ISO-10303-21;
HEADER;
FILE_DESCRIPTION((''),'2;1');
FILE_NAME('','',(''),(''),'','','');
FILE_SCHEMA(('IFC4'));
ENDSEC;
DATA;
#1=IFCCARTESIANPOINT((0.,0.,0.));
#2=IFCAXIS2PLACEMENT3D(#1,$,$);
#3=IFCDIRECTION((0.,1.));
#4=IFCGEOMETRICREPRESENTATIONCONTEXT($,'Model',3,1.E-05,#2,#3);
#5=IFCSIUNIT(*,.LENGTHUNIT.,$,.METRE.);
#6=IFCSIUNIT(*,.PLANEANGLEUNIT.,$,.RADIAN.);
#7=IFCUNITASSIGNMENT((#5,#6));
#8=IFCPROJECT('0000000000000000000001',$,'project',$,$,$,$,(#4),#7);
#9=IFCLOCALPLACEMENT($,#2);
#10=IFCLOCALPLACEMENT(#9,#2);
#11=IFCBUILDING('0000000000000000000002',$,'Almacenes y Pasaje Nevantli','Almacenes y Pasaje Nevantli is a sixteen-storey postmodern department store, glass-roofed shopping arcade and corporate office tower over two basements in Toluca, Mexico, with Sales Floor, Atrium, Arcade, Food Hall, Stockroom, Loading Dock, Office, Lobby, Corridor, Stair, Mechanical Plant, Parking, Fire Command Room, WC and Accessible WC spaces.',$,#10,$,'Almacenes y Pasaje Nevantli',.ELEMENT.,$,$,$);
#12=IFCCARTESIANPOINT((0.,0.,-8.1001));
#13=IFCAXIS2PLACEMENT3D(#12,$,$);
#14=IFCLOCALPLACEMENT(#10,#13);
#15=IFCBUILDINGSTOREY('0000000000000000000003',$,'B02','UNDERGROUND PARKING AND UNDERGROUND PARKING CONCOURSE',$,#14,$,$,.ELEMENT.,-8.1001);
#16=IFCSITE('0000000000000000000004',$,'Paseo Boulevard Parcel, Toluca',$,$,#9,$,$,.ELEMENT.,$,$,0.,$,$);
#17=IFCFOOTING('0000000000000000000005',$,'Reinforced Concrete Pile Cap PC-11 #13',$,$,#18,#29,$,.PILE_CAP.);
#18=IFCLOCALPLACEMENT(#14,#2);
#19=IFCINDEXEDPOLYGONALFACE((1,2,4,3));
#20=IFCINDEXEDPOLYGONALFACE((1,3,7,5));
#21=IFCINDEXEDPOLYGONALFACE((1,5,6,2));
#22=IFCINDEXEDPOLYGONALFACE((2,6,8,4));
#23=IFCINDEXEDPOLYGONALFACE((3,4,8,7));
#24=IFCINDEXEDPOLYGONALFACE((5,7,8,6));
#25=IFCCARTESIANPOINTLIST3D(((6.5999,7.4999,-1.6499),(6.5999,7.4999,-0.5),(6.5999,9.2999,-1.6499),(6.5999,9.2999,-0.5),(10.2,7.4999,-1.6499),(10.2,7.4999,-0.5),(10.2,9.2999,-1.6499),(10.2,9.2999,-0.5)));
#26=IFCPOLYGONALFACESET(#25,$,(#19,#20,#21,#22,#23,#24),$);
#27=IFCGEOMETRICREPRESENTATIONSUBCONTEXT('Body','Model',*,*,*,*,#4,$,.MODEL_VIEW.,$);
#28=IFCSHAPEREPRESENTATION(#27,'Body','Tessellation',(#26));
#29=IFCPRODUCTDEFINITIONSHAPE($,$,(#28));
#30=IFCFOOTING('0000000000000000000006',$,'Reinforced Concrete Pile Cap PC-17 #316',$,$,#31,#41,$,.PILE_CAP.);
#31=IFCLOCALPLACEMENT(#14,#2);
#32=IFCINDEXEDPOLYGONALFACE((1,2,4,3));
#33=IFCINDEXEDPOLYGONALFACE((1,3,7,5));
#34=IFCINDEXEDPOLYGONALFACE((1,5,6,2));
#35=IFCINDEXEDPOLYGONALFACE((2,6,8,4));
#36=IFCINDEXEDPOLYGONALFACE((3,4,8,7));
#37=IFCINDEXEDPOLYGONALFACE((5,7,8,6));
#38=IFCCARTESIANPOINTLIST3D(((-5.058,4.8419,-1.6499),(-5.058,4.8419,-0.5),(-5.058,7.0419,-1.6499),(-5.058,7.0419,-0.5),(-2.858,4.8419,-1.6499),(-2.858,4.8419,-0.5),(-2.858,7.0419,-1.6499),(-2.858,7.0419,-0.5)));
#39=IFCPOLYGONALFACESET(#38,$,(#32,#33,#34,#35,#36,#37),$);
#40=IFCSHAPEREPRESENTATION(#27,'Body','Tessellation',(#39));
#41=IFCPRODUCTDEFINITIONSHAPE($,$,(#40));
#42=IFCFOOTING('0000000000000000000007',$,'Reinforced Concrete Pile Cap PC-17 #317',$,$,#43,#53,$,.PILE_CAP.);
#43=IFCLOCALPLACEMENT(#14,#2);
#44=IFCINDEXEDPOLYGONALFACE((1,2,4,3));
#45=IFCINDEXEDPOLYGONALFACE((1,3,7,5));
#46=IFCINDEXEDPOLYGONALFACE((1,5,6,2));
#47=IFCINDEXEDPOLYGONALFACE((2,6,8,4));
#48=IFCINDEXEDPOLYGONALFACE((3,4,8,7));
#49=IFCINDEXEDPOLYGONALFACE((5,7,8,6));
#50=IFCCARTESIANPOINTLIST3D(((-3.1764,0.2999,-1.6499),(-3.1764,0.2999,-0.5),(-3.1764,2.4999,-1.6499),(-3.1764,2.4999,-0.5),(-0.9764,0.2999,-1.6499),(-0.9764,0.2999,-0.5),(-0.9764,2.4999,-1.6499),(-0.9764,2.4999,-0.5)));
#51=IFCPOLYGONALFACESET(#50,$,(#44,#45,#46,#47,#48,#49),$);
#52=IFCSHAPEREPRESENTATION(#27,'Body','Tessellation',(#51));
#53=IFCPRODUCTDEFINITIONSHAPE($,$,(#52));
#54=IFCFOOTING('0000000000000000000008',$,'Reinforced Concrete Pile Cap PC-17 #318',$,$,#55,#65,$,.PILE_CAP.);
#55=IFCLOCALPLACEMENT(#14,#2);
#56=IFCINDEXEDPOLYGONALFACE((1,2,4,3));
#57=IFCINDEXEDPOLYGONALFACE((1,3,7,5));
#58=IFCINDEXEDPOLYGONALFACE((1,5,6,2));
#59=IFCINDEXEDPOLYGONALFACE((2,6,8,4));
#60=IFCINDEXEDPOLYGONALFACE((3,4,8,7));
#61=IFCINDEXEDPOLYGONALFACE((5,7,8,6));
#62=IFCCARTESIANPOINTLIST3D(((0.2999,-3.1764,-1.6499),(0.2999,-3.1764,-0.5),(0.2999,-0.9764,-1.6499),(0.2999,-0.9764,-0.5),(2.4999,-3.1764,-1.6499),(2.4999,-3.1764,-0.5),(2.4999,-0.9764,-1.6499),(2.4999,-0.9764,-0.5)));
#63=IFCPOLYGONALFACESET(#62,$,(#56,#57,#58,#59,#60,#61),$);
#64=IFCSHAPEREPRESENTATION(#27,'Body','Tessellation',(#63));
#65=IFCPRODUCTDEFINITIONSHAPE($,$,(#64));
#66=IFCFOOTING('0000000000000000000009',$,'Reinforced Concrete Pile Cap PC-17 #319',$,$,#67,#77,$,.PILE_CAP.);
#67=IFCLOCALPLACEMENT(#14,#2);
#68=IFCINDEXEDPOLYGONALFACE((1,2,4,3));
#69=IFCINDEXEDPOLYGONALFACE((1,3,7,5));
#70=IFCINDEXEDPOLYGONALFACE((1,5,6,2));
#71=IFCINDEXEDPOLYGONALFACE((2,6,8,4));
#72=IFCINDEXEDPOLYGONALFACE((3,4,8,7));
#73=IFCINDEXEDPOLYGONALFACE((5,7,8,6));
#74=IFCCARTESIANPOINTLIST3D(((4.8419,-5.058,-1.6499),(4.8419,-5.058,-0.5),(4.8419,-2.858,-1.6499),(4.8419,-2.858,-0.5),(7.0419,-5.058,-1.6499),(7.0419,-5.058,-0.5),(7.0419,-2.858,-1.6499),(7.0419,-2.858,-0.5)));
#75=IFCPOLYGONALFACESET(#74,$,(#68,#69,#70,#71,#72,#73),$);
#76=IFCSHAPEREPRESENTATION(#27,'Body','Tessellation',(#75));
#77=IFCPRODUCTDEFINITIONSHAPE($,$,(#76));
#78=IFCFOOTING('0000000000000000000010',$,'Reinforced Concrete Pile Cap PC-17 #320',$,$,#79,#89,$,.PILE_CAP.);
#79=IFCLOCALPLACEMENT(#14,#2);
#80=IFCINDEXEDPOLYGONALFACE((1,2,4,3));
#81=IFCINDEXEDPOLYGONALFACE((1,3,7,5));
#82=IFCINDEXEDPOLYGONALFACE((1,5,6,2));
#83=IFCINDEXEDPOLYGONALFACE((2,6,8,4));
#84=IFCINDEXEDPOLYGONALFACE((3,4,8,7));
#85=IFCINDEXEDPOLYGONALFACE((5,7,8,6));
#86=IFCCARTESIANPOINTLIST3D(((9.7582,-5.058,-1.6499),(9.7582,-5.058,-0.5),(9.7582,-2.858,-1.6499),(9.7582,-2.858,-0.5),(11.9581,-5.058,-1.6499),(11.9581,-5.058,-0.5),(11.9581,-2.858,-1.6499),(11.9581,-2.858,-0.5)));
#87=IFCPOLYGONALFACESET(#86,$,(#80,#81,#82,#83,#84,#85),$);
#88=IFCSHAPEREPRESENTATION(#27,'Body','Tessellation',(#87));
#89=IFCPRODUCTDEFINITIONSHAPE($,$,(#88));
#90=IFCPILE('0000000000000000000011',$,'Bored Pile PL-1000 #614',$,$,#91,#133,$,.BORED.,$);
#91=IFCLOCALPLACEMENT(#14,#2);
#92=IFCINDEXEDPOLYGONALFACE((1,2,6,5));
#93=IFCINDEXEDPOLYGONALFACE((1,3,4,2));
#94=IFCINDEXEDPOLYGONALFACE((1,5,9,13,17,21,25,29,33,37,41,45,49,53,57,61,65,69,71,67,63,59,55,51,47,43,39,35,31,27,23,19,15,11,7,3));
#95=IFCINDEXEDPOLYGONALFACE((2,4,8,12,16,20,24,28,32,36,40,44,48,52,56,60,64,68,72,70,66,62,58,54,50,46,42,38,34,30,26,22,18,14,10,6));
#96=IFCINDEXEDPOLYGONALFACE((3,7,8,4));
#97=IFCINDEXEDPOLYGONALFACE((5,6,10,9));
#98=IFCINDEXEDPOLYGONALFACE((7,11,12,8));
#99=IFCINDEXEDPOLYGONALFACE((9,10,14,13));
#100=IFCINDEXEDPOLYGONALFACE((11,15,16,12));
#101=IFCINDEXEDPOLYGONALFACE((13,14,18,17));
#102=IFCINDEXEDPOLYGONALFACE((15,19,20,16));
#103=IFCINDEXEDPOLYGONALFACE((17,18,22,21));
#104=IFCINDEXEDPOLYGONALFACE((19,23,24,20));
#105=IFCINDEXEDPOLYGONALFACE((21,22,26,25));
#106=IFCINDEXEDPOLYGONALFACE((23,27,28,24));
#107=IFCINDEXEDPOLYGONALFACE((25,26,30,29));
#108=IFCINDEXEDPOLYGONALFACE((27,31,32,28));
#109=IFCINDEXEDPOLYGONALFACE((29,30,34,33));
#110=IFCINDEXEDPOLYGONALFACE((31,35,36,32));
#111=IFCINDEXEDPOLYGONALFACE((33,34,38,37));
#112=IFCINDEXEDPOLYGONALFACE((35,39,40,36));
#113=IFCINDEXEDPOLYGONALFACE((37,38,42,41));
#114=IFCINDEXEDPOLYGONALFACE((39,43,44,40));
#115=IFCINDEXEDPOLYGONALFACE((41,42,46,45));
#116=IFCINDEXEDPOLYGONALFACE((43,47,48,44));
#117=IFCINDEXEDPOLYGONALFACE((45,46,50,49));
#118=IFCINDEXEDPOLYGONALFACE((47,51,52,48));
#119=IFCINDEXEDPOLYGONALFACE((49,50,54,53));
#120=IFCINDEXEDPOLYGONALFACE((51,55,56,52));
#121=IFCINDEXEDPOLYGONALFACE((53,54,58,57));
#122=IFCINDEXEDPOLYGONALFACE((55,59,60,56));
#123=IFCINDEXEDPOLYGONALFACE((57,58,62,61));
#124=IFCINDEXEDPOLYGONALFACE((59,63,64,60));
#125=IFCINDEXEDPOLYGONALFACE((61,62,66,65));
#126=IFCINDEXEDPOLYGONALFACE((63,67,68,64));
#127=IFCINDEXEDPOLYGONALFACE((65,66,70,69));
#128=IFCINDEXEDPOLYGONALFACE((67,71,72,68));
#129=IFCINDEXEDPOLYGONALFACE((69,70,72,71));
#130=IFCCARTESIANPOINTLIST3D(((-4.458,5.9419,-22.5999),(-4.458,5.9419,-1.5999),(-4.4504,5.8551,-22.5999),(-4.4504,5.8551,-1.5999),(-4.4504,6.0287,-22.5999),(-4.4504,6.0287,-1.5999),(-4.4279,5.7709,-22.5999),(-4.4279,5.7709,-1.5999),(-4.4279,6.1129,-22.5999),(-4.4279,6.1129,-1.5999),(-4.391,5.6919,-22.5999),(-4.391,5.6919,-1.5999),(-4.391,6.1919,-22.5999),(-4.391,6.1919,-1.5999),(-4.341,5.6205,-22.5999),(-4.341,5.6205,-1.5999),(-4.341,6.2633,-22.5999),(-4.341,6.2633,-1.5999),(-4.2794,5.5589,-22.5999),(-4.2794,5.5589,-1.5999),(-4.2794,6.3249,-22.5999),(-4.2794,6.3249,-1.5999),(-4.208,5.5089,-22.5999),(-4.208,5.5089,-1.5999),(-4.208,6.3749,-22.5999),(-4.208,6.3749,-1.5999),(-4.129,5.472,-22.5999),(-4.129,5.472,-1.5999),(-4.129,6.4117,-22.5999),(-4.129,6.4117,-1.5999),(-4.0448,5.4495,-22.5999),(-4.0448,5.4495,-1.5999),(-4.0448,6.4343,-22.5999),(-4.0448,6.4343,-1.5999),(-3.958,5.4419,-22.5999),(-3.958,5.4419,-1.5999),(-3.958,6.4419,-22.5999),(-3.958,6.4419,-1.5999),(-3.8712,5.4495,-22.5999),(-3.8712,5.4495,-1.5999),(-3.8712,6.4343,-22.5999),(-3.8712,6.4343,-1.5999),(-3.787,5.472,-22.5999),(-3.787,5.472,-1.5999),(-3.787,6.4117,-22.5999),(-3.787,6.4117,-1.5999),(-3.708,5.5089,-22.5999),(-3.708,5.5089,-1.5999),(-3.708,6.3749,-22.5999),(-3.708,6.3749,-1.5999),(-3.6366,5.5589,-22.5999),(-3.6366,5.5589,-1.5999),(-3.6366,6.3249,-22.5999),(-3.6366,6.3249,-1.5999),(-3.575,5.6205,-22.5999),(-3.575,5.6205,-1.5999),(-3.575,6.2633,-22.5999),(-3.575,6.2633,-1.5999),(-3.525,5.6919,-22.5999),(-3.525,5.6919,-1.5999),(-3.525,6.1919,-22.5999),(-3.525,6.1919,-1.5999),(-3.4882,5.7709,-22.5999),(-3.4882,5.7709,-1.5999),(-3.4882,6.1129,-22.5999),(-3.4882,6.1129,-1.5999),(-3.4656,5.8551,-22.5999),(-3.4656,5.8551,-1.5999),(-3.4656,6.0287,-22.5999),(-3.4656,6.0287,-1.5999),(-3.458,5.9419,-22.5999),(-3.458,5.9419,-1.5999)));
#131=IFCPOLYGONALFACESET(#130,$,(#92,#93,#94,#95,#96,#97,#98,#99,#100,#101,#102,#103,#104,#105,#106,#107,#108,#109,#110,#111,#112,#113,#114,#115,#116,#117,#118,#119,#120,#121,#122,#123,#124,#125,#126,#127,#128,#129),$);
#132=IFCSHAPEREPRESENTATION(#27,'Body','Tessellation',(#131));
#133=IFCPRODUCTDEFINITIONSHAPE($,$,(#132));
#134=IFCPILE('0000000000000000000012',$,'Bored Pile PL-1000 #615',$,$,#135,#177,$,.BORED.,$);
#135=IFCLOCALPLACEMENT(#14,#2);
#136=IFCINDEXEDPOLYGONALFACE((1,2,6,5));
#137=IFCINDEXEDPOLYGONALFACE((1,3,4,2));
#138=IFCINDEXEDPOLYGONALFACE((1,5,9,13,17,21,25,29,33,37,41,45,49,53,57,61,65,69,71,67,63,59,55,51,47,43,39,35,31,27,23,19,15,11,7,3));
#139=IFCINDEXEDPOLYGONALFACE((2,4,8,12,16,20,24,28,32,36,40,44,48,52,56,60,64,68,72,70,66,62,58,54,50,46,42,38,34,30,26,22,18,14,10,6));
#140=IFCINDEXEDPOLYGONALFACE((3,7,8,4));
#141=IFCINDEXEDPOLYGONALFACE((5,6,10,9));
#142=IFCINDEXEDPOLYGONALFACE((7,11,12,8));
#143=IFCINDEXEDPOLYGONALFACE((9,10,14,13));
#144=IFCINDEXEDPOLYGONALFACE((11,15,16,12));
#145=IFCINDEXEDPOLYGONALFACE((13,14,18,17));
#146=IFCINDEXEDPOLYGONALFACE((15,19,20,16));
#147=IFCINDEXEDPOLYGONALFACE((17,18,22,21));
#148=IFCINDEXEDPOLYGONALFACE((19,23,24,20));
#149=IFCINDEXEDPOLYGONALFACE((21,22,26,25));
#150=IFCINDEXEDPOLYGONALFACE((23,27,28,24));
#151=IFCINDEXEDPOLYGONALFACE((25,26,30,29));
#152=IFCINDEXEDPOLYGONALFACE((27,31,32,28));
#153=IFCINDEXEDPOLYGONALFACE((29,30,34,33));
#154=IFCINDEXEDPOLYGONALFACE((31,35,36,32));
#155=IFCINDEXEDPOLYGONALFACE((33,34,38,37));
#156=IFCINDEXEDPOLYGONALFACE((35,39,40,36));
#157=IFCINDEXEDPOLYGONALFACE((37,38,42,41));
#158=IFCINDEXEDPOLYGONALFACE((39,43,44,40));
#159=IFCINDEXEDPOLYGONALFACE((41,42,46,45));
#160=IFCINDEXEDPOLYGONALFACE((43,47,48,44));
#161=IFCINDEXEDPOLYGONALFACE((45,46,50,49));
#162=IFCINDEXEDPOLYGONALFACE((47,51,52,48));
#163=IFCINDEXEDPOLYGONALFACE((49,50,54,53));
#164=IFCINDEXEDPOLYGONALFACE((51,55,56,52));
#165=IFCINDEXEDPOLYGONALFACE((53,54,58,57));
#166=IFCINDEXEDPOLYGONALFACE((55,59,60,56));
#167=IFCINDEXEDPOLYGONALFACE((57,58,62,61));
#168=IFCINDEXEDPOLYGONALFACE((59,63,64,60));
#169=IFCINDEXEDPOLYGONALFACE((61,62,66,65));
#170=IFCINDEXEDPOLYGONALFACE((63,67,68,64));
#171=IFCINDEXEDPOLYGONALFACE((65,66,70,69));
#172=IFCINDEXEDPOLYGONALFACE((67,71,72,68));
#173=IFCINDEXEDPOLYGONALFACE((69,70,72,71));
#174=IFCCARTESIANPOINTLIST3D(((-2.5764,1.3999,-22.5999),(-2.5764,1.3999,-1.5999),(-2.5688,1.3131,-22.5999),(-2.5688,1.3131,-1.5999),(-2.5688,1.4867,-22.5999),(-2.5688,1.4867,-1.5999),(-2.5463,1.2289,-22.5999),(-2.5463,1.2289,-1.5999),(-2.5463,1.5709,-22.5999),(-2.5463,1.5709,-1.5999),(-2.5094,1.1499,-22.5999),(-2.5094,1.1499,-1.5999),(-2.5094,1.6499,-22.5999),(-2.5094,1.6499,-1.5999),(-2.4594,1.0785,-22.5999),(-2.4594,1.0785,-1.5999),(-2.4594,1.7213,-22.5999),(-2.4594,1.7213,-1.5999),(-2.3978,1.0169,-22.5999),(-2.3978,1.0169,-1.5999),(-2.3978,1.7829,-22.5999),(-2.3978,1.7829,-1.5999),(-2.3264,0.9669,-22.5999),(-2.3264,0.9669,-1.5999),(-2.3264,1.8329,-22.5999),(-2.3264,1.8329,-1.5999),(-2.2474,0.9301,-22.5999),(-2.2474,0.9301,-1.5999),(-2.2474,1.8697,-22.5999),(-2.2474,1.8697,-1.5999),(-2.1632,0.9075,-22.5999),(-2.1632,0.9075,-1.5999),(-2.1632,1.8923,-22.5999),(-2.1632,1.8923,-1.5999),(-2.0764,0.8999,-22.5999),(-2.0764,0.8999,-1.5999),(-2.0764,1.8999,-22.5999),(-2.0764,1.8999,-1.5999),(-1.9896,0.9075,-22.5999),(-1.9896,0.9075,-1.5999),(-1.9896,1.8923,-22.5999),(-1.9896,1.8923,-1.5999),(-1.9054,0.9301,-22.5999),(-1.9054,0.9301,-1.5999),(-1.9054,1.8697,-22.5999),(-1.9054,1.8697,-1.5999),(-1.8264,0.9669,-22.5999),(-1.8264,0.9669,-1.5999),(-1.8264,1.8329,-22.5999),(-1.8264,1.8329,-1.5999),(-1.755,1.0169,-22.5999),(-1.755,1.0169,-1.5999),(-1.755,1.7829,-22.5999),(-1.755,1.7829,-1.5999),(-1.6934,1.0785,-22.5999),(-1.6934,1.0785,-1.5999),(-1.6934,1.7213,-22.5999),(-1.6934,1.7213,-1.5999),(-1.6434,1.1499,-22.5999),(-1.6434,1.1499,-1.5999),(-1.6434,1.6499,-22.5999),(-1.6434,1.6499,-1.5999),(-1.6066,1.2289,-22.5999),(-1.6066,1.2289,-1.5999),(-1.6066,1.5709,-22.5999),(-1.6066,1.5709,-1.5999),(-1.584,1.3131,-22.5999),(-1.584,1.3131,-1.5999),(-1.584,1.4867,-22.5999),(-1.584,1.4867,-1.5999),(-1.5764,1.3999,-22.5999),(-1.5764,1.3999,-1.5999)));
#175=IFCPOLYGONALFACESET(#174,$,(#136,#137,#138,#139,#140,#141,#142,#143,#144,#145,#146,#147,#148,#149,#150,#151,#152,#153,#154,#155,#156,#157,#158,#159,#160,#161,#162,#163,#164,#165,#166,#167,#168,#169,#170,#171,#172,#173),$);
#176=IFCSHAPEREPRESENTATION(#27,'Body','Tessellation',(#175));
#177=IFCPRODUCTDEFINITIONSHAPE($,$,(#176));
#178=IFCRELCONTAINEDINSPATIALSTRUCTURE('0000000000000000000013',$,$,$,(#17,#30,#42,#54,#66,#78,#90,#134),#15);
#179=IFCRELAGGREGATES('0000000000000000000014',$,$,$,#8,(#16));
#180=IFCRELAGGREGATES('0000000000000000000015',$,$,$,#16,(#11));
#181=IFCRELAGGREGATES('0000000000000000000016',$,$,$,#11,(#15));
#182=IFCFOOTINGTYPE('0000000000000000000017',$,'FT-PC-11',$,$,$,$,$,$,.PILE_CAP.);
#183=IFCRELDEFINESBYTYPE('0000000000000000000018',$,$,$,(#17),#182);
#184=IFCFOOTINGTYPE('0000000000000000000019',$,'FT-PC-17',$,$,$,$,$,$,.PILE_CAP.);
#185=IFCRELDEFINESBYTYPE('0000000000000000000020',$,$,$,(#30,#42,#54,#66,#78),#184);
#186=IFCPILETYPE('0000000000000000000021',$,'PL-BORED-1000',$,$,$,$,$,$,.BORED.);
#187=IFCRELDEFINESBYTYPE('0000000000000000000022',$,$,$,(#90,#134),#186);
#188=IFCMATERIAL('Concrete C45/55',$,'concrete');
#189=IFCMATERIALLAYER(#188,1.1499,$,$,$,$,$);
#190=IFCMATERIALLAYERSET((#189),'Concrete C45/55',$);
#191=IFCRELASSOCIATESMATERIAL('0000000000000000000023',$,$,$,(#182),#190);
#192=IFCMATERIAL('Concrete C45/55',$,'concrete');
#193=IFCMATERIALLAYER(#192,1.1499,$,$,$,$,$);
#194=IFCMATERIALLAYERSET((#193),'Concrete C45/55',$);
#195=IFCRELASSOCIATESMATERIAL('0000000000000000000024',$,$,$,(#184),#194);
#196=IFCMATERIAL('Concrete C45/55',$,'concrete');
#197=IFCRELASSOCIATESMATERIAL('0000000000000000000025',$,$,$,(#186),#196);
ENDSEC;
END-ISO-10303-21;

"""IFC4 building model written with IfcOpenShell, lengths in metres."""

from ifc_helpers import new_model, si_unit, direction, frame, origin, origin_2d, place, context, subcontext, project, spatial, rectangle, circle, extrude, material, layer, layer_set, material_profile, profile_set, type_object, element, save


model = new_model("IFC4")

# Units and contexts
model_context = context("Model", 3, precision=1e-05, world=origin(), true_north=direction((0.0, 1.0)))
body_context = subcontext(model_context, "Body", "Model", "MODEL_VIEW")
ifc_project = project(units=[si_unit("LENGTHUNIT", "METRE"), si_unit("PLANEANGLEUNIT", "RADIAN")], contexts=[model_context])

# Site, building, storey
site_placement = place(None, origin())
site = spatial("IfcSite", under=ifc_project, at=site_placement, Name="Paseo Boulevard Parcel, Toluca", CompositionType="ELEMENT", RefElevation=0.0)
building_placement = place(site_placement, origin())
building = spatial("IfcBuilding", under=site, at=building_placement, Name="Almacenes y Pasaje Nevantli", Description="Almacenes y Pasaje Nevantli is a sixteen-storey postmodern department store, glass-roofed shopping arcade and corporate office tower over two basements in Toluca, Mexico, with Sales Floor, Atrium, Arcade, Food Hall, Stockroom, Loading Dock, Office, Lobby, Corridor, Stair, Mechanical Plant, Parking, Fire Command Room, WC and Accessible WC spaces.", LongName="Almacenes y Pasaje Nevantli", CompositionType="ELEMENT")
storey_placement = place(building_placement, frame((0.0, 0.0, -8.1001)))
storey = spatial("IfcBuildingStorey", under=building, at=storey_placement, Name="B02", Description="UNDERGROUND PARKING AND UNDERGROUND PARKING CONCOURSE", CompositionType="ELEMENT", Elevation=-8.1001)

# Footings
ifc_material_1 = material(Name="Concrete C45/55", Category="concrete")
ifc_layer_1 = layer(ifc_material_1, 1.1499)
ifc_layer_set_1 = layer_set([ifc_layer_1], Name="Concrete C45/55")
footing_type_1 = type_object("IfcFootingType", Name="FT-PC-11", PredefinedType="PILE_CAP", material=ifc_layer_set_1)
footing_placement = place(storey_placement, frame((8.3999, 8.3999, -1.6499), z_axis=(0.0, 0.0, 1.0), x_axis=(1.0, 0.0, 0.0)))
element("IfcFooting", 1, at=footing_placement, inside=storey, type_object=footing_type_1, Name="Reinforced Concrete Pile Cap PC-11 #13", PredefinedType="PILE_CAP", context=body_context, shape_type="SweptSolid", body=[
    extrude(rectangle(XDim=3.6001, YDim=1.8, at=origin_2d()), origin(), (0.0, 0.0, 1.0), 1.1499),
])
ifc_material_2 = material(Name="Concrete C45/55", Category="concrete")
ifc_layer_2 = layer(ifc_material_2, 1.1499)
ifc_layer_set_2 = layer_set([ifc_layer_2], Name="Concrete C45/55")
footing_type_2 = type_object("IfcFootingType", Name="FT-PC-17", PredefinedType="PILE_CAP", material=ifc_layer_set_2)
for number, where, z_axis, x_axis, name in (
    (2, (-3.958, 5.9419, -1.6499), (0.0, 0.0, 1.0), (1.0, 0.0, 0.0), "Reinforced Concrete Pile Cap PC-17 #316"),
    (3, (-2.0764, 1.3999, -1.6499), (0.0, 0.0, 1.0), (1.0, 0.0, 0.0), "Reinforced Concrete Pile Cap PC-17 #317"),
    (4, (1.3999, -2.0764, -1.6499), (0.0, 0.0, 1.0), (1.0, 0.0, 0.0), "Reinforced Concrete Pile Cap PC-17 #318"),
    (5, (5.9419, -3.958, -1.6499), (0.0, 0.0, 1.0), (1.0, 0.0, 0.0), "Reinforced Concrete Pile Cap PC-17 #319"),
    (6, (10.8582, -3.958, -1.6499), (0.0, 0.0, 1.0), (1.0, 0.0, 0.0), "Reinforced Concrete Pile Cap PC-17 #320"),
):
    element("IfcFooting", number, at=place(storey_placement, frame(where, z_axis=z_axis, x_axis=x_axis)), inside=storey, type_object=footing_type_2, Name=name, PredefinedType="PILE_CAP", context=body_context, shape_type="SweptSolid", body=[
        extrude(rectangle(XDim=2.2, YDim=2.2, at=origin_2d()), origin(), (0.0, 0.0, 1.0), 1.1499),
    ])

# Piles
ifc_material_3 = material(Name="Concrete C45/55", Category="concrete")
ifc_material_profile_1 = material_profile(ifc_material_3, circle(Radius=0.5, at=origin_2d()), Name="RC-PILE-D1000")
ifc_profile_set_1 = profile_set([ifc_material_profile_1], Name="Concrete C45/55")
pile_type_1 = type_object("IfcPileType", Name="PL-BORED-1000", PredefinedType="BORED", material=ifc_profile_set_1)
for number, where, z_axis, x_axis, name in (
    (7, (-3.958, 5.9419, -1.5999), (0.0, 0.0, -1.0), (1.0, 0.0, 0.0), "Bored Pile PL-1000 #614"),
    (8, (-2.0764, 1.3999, -1.5999), (0.0, 0.0, -1.0), (1.0, 0.0, 0.0), "Bored Pile PL-1000 #615"),
):
    element("IfcPile", number, at=place(storey_placement, frame(where, z_axis=z_axis, x_axis=x_axis)), inside=storey, type_object=pile_type_1, Name=name, PredefinedType="BORED", context=body_context, shape_type="SweptSolid", body=[
        extrude(circle(Radius=0.5, at=origin_2d()), origin(), (0.0, 0.0, 1.0), 21.0),
    ])

save(model, "model.ifc")
